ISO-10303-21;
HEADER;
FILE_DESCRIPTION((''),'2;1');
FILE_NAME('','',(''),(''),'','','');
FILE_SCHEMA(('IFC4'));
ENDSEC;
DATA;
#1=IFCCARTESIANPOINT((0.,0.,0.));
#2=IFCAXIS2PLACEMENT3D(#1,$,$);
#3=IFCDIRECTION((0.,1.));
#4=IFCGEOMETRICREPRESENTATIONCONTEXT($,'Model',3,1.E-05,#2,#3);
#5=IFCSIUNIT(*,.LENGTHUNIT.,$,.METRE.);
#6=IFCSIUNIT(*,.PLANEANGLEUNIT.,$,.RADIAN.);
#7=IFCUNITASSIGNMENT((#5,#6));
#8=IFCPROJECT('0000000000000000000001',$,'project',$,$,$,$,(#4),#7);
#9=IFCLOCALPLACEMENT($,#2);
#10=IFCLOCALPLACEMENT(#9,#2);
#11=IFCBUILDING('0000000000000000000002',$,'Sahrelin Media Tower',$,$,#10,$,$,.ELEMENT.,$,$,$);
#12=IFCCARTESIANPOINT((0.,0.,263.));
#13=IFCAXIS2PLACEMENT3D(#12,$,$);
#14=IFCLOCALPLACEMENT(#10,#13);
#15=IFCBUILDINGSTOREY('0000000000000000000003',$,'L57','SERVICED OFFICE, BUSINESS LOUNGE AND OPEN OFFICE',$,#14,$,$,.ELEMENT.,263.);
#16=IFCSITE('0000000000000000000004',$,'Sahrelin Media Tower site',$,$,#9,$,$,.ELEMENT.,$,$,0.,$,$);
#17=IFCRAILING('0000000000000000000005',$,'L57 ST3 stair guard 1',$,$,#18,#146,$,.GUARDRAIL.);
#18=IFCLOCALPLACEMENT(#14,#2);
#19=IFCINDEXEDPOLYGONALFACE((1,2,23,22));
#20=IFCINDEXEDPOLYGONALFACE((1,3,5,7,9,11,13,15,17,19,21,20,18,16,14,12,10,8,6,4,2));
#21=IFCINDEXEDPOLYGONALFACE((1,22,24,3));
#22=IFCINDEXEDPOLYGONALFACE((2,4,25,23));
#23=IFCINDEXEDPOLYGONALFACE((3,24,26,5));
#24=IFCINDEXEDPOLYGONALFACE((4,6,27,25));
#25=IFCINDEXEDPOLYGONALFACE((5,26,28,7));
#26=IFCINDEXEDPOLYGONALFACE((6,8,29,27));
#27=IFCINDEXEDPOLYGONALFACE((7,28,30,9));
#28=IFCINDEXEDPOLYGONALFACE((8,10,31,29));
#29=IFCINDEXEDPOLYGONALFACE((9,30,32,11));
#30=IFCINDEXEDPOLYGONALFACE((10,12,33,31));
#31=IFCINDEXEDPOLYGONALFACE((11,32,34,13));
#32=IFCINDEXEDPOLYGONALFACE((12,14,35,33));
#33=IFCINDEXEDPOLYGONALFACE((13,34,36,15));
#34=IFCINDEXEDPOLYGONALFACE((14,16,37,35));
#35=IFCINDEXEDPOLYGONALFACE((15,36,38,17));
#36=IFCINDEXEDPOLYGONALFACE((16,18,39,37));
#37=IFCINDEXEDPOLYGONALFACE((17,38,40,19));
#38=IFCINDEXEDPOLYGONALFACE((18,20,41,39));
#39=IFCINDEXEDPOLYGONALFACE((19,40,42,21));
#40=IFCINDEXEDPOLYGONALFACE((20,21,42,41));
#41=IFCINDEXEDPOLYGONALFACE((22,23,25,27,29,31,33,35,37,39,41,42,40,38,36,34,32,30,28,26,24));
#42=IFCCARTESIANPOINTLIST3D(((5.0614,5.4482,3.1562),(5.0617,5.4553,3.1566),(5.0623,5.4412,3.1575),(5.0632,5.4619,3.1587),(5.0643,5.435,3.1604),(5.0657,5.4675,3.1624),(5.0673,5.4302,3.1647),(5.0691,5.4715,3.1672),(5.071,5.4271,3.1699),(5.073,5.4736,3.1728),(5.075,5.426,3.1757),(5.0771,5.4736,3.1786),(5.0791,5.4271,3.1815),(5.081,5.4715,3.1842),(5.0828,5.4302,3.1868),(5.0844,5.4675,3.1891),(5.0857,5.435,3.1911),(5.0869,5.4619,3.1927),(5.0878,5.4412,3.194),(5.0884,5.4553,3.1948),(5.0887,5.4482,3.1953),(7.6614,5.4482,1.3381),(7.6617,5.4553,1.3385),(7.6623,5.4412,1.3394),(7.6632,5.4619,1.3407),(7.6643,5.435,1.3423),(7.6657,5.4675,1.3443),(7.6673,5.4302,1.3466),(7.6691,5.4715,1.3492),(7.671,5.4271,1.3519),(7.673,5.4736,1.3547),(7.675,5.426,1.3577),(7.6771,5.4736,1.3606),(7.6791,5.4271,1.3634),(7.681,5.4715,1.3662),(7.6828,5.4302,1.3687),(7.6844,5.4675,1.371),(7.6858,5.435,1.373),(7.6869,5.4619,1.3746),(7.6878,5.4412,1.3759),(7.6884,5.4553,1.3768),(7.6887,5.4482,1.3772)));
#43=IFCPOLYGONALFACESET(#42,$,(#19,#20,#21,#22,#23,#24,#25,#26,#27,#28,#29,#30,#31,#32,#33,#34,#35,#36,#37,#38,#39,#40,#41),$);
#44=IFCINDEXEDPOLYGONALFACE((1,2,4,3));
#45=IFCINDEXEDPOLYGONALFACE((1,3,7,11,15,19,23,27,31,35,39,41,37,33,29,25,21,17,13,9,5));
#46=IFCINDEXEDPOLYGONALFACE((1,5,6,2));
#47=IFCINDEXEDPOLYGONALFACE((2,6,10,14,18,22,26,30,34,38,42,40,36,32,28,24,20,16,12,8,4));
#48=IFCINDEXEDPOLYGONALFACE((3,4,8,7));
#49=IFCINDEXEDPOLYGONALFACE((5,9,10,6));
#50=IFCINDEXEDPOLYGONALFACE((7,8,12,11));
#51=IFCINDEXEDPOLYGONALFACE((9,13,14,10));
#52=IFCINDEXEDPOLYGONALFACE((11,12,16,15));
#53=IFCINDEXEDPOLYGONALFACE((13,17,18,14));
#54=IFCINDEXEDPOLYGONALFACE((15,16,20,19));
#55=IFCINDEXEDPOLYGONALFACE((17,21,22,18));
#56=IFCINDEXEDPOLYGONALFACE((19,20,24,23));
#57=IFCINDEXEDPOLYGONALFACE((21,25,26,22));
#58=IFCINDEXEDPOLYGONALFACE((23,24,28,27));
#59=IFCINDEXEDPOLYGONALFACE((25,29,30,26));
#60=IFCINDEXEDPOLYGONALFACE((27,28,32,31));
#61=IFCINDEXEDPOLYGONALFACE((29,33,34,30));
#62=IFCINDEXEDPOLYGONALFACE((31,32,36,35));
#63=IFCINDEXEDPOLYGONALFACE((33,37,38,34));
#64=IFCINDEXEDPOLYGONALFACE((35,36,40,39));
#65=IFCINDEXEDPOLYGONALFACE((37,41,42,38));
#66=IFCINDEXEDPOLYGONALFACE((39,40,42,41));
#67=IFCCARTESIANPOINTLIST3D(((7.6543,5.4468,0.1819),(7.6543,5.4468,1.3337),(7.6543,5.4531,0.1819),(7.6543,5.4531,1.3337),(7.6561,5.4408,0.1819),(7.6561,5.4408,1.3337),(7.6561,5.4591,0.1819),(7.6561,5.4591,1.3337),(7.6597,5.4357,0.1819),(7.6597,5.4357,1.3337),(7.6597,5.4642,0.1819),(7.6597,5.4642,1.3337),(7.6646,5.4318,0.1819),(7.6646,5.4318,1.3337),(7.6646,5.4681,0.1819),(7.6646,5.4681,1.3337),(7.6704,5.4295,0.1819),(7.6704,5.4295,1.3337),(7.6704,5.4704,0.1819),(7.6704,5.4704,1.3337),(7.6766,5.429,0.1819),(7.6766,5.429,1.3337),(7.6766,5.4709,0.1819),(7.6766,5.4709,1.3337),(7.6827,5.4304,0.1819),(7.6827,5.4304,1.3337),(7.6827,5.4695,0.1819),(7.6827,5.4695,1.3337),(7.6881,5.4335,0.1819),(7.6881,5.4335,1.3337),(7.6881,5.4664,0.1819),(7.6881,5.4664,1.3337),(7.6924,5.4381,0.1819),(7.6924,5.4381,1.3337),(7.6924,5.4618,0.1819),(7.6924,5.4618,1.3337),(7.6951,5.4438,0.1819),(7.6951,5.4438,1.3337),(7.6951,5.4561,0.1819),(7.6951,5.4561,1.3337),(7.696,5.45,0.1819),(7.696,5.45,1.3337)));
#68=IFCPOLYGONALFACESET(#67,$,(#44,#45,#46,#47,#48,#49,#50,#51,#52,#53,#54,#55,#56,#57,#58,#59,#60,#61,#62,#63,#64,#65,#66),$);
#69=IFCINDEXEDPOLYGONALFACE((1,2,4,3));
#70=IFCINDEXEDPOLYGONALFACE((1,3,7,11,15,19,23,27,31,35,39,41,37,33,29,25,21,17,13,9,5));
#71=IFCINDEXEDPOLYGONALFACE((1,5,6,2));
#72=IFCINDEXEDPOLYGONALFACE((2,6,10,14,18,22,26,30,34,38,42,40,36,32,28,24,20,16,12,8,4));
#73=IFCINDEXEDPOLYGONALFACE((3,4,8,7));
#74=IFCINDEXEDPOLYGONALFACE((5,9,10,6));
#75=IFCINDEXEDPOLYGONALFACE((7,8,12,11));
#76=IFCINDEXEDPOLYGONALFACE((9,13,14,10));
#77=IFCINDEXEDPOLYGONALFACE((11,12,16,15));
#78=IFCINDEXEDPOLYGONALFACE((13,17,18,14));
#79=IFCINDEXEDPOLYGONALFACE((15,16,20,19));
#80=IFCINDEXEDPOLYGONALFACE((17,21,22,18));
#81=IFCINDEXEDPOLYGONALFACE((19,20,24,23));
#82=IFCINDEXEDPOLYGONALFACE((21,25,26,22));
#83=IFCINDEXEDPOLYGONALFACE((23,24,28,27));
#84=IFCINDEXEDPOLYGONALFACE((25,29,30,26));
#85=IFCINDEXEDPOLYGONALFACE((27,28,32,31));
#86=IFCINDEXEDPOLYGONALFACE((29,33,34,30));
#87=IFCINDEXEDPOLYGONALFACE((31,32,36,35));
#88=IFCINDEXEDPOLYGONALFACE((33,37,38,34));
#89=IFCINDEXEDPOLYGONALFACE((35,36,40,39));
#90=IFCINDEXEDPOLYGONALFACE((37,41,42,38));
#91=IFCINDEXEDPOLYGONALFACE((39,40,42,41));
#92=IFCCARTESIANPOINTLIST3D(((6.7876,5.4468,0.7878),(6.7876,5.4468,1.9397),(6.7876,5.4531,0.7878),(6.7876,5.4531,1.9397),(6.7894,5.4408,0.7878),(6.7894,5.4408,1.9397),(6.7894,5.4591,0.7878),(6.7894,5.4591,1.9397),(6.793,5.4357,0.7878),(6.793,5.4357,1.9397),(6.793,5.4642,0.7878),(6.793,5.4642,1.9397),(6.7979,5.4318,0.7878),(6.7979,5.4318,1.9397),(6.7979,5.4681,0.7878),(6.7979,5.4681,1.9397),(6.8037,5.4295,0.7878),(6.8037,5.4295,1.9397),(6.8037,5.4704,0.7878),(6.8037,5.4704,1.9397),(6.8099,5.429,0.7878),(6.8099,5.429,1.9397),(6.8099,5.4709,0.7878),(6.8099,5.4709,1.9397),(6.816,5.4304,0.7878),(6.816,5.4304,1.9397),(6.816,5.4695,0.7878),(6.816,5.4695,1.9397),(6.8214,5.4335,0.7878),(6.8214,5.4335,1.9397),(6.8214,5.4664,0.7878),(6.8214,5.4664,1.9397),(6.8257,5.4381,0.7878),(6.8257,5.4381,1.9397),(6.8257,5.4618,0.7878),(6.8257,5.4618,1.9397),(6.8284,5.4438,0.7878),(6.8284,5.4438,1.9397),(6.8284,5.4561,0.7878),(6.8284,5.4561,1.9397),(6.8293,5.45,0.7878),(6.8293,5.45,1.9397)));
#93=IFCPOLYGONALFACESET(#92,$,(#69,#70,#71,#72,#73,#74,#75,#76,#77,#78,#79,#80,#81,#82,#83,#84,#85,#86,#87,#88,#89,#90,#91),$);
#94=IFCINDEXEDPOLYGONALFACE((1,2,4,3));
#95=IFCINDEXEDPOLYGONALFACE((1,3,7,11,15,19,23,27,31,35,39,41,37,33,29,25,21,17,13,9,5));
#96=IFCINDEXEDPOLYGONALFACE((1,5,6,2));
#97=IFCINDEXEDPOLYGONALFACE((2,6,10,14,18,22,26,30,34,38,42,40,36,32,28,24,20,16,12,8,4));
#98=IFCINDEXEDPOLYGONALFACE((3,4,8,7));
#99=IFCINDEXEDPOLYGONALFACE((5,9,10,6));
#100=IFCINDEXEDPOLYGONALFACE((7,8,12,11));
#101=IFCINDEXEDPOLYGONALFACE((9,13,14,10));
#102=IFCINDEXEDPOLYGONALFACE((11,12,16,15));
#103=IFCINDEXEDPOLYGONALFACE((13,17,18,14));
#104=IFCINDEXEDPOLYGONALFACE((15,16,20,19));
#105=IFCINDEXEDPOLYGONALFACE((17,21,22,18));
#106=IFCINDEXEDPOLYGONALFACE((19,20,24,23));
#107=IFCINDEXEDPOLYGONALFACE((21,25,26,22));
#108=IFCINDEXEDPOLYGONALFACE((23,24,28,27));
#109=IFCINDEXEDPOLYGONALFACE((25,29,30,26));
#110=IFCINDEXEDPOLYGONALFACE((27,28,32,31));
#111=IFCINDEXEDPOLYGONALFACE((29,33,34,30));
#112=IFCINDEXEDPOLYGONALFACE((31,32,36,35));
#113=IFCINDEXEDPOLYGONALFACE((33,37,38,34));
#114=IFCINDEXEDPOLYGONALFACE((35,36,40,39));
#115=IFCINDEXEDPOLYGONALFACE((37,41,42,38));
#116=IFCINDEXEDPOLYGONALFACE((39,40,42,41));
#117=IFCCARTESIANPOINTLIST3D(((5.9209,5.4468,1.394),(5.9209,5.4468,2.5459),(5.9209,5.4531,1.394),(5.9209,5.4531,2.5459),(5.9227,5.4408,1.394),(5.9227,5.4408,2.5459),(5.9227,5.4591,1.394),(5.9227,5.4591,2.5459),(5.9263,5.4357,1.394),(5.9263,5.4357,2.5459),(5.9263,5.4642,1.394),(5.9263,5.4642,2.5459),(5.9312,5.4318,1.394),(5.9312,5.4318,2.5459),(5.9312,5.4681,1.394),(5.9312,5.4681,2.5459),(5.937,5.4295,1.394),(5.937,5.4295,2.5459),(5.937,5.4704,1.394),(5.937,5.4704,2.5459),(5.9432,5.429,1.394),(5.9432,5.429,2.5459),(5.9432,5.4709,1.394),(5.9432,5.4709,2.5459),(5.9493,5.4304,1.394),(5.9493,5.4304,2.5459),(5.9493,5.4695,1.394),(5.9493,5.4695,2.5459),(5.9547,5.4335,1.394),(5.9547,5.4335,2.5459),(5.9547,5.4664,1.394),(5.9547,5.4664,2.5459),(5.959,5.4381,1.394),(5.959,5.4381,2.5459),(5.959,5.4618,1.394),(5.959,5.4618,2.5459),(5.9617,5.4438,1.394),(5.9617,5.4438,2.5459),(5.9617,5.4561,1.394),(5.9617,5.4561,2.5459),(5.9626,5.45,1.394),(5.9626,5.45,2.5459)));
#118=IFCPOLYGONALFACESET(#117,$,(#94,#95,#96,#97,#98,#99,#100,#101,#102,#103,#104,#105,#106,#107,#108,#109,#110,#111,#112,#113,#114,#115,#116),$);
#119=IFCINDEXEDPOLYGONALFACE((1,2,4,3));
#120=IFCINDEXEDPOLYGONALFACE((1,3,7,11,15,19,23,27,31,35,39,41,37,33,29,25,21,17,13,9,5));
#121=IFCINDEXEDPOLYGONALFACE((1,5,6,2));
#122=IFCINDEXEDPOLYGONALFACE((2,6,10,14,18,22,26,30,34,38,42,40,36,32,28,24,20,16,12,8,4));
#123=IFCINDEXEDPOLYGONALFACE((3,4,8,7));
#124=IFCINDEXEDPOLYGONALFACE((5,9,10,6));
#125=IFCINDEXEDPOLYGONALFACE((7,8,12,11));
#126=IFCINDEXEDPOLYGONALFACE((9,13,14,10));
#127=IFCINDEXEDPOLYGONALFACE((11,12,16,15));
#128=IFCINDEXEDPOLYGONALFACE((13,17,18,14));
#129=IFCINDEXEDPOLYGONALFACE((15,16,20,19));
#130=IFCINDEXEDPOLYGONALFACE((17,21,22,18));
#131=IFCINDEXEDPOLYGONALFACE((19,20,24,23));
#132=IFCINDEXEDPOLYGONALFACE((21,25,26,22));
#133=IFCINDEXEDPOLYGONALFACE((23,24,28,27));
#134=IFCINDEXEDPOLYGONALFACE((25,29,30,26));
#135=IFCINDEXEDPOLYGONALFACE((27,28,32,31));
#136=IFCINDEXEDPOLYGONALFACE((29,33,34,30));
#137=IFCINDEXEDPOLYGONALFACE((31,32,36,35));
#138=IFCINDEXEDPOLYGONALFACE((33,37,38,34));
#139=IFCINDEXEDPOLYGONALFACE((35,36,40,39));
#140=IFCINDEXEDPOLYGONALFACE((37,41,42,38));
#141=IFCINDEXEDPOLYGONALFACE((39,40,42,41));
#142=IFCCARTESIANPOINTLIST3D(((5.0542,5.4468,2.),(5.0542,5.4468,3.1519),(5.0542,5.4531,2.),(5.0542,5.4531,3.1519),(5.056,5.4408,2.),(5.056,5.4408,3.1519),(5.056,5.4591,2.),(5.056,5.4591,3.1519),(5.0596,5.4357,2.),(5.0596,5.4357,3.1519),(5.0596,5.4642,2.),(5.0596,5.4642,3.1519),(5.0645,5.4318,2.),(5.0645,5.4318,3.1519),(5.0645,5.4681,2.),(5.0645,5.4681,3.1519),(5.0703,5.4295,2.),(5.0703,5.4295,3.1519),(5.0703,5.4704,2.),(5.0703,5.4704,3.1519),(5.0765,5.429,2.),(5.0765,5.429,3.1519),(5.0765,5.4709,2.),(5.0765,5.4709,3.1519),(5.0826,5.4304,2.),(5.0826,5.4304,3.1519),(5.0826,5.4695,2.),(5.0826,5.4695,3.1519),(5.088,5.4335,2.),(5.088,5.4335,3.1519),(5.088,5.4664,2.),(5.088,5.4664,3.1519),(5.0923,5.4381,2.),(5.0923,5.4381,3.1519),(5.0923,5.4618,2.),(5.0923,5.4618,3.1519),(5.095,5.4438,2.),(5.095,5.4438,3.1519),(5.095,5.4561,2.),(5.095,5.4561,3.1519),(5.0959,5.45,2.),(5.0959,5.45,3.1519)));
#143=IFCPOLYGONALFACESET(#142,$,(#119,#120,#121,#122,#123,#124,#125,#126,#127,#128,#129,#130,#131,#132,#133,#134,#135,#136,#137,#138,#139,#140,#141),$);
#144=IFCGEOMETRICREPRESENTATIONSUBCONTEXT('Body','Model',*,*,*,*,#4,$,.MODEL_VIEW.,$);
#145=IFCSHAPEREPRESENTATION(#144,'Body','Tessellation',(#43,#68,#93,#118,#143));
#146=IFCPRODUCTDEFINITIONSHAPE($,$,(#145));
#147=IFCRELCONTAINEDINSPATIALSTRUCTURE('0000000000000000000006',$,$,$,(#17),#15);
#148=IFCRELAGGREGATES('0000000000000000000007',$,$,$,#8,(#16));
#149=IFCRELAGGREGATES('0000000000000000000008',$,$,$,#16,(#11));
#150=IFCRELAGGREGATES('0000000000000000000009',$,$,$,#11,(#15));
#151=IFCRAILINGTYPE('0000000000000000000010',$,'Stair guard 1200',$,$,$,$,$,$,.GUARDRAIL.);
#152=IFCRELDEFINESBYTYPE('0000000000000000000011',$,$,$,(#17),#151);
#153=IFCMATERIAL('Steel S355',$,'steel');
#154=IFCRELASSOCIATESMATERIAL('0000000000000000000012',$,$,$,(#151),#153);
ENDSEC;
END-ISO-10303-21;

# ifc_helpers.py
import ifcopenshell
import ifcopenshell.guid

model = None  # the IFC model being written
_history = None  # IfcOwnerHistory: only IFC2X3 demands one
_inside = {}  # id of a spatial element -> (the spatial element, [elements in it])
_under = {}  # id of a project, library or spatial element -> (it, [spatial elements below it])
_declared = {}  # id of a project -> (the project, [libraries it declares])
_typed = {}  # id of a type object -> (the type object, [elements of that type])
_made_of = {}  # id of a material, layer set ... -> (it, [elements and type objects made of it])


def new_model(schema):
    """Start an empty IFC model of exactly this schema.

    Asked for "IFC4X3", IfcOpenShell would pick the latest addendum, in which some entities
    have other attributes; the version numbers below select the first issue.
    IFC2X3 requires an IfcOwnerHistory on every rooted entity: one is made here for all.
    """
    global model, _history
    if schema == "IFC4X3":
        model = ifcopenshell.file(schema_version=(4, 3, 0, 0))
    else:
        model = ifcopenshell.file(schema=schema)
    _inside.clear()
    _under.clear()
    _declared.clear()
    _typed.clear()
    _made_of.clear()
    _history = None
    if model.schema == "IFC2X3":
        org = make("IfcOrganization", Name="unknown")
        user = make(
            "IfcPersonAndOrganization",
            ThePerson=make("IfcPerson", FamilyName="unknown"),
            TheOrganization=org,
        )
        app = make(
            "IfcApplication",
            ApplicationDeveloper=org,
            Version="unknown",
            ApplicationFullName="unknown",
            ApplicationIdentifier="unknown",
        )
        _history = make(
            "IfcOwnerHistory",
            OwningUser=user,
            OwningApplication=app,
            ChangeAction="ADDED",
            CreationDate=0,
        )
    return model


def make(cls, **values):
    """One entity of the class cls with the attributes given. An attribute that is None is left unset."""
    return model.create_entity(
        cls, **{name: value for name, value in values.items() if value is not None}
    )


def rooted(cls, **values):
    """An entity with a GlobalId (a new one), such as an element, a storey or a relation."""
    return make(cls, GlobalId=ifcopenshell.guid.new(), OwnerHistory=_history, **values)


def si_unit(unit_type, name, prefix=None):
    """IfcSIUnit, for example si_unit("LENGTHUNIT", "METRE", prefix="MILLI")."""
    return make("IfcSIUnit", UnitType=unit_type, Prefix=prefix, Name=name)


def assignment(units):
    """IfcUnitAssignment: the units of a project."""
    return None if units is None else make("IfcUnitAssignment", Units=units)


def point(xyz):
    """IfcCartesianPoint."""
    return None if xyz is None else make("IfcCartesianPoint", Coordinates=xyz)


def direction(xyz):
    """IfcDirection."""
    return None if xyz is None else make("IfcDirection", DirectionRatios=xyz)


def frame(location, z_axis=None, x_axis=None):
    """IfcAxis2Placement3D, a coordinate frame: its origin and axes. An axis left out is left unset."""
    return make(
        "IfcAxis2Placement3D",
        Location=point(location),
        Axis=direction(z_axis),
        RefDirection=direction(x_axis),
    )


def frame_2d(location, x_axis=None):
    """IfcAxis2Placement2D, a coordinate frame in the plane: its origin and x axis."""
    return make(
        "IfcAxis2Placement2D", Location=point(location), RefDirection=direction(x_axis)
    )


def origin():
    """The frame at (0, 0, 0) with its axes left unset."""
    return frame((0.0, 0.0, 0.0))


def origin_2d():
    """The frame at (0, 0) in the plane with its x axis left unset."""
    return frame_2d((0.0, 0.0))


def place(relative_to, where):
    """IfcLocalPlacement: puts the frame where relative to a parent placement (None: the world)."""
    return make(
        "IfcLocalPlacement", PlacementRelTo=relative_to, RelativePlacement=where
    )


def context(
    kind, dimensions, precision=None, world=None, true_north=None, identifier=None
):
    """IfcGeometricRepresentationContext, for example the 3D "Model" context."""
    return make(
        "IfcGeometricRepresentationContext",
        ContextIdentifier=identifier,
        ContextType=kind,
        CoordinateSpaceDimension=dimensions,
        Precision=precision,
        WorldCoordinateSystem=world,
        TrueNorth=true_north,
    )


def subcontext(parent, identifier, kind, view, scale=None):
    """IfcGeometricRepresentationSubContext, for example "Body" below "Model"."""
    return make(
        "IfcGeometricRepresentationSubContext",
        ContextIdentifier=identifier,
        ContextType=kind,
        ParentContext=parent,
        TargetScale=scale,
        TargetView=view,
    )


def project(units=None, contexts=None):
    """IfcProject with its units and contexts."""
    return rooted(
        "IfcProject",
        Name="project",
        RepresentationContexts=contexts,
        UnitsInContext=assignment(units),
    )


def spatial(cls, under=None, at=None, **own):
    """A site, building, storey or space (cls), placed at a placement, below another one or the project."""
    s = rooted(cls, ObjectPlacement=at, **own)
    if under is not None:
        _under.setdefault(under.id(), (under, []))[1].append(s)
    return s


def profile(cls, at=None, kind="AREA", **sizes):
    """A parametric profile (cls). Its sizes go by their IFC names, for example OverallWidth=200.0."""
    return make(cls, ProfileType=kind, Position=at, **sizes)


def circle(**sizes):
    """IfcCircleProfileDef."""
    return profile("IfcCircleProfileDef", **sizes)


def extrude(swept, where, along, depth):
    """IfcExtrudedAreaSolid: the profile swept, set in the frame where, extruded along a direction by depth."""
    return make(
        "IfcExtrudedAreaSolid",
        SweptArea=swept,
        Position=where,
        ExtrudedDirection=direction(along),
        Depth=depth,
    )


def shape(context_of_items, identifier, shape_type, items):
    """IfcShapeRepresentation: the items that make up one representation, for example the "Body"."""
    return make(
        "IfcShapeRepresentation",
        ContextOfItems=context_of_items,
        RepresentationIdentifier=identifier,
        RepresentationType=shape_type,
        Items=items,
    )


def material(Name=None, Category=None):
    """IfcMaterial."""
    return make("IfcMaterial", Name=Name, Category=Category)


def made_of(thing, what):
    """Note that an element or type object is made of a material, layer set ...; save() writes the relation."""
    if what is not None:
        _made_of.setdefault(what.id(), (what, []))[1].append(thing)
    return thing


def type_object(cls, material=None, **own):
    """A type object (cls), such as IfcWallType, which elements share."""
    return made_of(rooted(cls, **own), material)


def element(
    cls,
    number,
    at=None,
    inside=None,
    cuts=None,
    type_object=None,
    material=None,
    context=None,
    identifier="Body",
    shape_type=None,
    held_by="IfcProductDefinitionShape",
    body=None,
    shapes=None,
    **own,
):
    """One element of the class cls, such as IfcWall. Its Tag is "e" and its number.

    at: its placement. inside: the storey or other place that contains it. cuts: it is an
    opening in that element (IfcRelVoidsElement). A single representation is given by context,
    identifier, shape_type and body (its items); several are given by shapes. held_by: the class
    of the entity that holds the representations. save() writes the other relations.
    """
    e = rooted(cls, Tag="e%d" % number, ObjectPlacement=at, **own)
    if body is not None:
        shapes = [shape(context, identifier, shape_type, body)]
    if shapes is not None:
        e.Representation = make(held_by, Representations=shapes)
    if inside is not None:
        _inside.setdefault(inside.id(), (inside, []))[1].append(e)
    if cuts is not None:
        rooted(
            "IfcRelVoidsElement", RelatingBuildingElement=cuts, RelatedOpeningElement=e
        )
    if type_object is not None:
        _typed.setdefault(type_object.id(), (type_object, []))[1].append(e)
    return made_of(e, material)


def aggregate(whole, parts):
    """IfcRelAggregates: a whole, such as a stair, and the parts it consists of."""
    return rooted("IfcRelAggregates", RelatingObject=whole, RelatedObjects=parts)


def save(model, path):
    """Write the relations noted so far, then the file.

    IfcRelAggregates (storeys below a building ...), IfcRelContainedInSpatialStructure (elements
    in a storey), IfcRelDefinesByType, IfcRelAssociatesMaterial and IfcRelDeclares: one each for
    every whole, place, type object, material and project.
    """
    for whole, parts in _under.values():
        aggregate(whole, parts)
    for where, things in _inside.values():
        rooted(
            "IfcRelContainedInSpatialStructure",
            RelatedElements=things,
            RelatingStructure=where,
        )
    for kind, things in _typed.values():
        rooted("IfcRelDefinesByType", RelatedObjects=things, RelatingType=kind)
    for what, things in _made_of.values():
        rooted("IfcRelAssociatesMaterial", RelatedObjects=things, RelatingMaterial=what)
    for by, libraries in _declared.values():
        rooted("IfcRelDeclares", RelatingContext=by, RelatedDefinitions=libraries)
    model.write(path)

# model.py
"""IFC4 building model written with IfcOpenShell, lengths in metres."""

from ifc_helpers import new_model, si_unit, direction, frame, origin, origin_2d, place, context, subcontext, project, spatial, circle, extrude, material, type_object, element, save


model = new_model("IFC4")

# Units and contexts
model_context = context("Model", 3, precision=1e-05, world=origin(), true_north=direction((0.0, 1.0)))
body_context = subcontext(model_context, "Body", "Model", "MODEL_VIEW")
ifc_project = project(units=[si_unit("LENGTHUNIT", "METRE"), si_unit("PLANEANGLEUNIT", "RADIAN")], contexts=[model_context])

# Site, building, storey
site_placement = place(None, origin())
site = spatial("IfcSite", under=ifc_project, at=site_placement, Name="Sahrelin Media Tower site", CompositionType="ELEMENT", RefElevation=0.0)
building_placement = place(site_placement, origin())
building = spatial("IfcBuilding", under=site, at=building_placement, Name="Sahrelin Media Tower", CompositionType="ELEMENT")
storey_placement = place(building_placement, frame((0.0, 0.0, 263.0)))
storey = spatial("IfcBuildingStorey", under=building, at=storey_placement, Name="L57", Description="SERVICED OFFICE, BUSINESS LOUNGE AND OPEN OFFICE", CompositionType="ELEMENT", Elevation=263.0)

# Shared definitions
ifc_material_1 = material(Name="Steel S355", Category="steel")

# Railing
railing_type_1 = type_object("IfcRailingType", Name="Stair guard 1200", PredefinedType="GUARDRAIL", material=ifc_material_1)
railing_1_placement = place(storey_placement, frame((7.675, 5.45, 0.1819)))
element("IfcRailing", 1, at=railing_1_placement, inside=storey, type_object=railing_type_1, Name="L57 ST3 stair guard 1", PredefinedType="GUARDRAIL", context=body_context, shape_type="SweptSolid", body=[
    extrude(circle(Radius=0.0239, at=origin_2d()), frame((0.0, 0.0, 1.1758), z_axis=(-0.819521, 0.0, 0.573049), x_axis=(0.0, -1.0, 0.0)), (0.0, 0.0, 1.0), 3.1726),
    extrude(circle(Radius=0.021, at=origin_2d()), origin(), (0.0, 0.0, 1.0), 1.1519),
    extrude(circle(Radius=0.021, at=origin_2d()), frame((-0.8667, 0.0, 0.606)), (0.0, 0.0, 1.0), 1.1519),
    extrude(circle(Radius=0.021, at=origin_2d()), frame((-1.7334, 0.0, 1.2122)), (0.0, 0.0, 1.0), 1.1519),
    extrude(circle(Radius=0.021, at=origin_2d()), frame((-2.6001, 0.0, 1.8181)), (0.0, 0.0, 1.0), 1.1519),
])

save(model, "model.ifc")
